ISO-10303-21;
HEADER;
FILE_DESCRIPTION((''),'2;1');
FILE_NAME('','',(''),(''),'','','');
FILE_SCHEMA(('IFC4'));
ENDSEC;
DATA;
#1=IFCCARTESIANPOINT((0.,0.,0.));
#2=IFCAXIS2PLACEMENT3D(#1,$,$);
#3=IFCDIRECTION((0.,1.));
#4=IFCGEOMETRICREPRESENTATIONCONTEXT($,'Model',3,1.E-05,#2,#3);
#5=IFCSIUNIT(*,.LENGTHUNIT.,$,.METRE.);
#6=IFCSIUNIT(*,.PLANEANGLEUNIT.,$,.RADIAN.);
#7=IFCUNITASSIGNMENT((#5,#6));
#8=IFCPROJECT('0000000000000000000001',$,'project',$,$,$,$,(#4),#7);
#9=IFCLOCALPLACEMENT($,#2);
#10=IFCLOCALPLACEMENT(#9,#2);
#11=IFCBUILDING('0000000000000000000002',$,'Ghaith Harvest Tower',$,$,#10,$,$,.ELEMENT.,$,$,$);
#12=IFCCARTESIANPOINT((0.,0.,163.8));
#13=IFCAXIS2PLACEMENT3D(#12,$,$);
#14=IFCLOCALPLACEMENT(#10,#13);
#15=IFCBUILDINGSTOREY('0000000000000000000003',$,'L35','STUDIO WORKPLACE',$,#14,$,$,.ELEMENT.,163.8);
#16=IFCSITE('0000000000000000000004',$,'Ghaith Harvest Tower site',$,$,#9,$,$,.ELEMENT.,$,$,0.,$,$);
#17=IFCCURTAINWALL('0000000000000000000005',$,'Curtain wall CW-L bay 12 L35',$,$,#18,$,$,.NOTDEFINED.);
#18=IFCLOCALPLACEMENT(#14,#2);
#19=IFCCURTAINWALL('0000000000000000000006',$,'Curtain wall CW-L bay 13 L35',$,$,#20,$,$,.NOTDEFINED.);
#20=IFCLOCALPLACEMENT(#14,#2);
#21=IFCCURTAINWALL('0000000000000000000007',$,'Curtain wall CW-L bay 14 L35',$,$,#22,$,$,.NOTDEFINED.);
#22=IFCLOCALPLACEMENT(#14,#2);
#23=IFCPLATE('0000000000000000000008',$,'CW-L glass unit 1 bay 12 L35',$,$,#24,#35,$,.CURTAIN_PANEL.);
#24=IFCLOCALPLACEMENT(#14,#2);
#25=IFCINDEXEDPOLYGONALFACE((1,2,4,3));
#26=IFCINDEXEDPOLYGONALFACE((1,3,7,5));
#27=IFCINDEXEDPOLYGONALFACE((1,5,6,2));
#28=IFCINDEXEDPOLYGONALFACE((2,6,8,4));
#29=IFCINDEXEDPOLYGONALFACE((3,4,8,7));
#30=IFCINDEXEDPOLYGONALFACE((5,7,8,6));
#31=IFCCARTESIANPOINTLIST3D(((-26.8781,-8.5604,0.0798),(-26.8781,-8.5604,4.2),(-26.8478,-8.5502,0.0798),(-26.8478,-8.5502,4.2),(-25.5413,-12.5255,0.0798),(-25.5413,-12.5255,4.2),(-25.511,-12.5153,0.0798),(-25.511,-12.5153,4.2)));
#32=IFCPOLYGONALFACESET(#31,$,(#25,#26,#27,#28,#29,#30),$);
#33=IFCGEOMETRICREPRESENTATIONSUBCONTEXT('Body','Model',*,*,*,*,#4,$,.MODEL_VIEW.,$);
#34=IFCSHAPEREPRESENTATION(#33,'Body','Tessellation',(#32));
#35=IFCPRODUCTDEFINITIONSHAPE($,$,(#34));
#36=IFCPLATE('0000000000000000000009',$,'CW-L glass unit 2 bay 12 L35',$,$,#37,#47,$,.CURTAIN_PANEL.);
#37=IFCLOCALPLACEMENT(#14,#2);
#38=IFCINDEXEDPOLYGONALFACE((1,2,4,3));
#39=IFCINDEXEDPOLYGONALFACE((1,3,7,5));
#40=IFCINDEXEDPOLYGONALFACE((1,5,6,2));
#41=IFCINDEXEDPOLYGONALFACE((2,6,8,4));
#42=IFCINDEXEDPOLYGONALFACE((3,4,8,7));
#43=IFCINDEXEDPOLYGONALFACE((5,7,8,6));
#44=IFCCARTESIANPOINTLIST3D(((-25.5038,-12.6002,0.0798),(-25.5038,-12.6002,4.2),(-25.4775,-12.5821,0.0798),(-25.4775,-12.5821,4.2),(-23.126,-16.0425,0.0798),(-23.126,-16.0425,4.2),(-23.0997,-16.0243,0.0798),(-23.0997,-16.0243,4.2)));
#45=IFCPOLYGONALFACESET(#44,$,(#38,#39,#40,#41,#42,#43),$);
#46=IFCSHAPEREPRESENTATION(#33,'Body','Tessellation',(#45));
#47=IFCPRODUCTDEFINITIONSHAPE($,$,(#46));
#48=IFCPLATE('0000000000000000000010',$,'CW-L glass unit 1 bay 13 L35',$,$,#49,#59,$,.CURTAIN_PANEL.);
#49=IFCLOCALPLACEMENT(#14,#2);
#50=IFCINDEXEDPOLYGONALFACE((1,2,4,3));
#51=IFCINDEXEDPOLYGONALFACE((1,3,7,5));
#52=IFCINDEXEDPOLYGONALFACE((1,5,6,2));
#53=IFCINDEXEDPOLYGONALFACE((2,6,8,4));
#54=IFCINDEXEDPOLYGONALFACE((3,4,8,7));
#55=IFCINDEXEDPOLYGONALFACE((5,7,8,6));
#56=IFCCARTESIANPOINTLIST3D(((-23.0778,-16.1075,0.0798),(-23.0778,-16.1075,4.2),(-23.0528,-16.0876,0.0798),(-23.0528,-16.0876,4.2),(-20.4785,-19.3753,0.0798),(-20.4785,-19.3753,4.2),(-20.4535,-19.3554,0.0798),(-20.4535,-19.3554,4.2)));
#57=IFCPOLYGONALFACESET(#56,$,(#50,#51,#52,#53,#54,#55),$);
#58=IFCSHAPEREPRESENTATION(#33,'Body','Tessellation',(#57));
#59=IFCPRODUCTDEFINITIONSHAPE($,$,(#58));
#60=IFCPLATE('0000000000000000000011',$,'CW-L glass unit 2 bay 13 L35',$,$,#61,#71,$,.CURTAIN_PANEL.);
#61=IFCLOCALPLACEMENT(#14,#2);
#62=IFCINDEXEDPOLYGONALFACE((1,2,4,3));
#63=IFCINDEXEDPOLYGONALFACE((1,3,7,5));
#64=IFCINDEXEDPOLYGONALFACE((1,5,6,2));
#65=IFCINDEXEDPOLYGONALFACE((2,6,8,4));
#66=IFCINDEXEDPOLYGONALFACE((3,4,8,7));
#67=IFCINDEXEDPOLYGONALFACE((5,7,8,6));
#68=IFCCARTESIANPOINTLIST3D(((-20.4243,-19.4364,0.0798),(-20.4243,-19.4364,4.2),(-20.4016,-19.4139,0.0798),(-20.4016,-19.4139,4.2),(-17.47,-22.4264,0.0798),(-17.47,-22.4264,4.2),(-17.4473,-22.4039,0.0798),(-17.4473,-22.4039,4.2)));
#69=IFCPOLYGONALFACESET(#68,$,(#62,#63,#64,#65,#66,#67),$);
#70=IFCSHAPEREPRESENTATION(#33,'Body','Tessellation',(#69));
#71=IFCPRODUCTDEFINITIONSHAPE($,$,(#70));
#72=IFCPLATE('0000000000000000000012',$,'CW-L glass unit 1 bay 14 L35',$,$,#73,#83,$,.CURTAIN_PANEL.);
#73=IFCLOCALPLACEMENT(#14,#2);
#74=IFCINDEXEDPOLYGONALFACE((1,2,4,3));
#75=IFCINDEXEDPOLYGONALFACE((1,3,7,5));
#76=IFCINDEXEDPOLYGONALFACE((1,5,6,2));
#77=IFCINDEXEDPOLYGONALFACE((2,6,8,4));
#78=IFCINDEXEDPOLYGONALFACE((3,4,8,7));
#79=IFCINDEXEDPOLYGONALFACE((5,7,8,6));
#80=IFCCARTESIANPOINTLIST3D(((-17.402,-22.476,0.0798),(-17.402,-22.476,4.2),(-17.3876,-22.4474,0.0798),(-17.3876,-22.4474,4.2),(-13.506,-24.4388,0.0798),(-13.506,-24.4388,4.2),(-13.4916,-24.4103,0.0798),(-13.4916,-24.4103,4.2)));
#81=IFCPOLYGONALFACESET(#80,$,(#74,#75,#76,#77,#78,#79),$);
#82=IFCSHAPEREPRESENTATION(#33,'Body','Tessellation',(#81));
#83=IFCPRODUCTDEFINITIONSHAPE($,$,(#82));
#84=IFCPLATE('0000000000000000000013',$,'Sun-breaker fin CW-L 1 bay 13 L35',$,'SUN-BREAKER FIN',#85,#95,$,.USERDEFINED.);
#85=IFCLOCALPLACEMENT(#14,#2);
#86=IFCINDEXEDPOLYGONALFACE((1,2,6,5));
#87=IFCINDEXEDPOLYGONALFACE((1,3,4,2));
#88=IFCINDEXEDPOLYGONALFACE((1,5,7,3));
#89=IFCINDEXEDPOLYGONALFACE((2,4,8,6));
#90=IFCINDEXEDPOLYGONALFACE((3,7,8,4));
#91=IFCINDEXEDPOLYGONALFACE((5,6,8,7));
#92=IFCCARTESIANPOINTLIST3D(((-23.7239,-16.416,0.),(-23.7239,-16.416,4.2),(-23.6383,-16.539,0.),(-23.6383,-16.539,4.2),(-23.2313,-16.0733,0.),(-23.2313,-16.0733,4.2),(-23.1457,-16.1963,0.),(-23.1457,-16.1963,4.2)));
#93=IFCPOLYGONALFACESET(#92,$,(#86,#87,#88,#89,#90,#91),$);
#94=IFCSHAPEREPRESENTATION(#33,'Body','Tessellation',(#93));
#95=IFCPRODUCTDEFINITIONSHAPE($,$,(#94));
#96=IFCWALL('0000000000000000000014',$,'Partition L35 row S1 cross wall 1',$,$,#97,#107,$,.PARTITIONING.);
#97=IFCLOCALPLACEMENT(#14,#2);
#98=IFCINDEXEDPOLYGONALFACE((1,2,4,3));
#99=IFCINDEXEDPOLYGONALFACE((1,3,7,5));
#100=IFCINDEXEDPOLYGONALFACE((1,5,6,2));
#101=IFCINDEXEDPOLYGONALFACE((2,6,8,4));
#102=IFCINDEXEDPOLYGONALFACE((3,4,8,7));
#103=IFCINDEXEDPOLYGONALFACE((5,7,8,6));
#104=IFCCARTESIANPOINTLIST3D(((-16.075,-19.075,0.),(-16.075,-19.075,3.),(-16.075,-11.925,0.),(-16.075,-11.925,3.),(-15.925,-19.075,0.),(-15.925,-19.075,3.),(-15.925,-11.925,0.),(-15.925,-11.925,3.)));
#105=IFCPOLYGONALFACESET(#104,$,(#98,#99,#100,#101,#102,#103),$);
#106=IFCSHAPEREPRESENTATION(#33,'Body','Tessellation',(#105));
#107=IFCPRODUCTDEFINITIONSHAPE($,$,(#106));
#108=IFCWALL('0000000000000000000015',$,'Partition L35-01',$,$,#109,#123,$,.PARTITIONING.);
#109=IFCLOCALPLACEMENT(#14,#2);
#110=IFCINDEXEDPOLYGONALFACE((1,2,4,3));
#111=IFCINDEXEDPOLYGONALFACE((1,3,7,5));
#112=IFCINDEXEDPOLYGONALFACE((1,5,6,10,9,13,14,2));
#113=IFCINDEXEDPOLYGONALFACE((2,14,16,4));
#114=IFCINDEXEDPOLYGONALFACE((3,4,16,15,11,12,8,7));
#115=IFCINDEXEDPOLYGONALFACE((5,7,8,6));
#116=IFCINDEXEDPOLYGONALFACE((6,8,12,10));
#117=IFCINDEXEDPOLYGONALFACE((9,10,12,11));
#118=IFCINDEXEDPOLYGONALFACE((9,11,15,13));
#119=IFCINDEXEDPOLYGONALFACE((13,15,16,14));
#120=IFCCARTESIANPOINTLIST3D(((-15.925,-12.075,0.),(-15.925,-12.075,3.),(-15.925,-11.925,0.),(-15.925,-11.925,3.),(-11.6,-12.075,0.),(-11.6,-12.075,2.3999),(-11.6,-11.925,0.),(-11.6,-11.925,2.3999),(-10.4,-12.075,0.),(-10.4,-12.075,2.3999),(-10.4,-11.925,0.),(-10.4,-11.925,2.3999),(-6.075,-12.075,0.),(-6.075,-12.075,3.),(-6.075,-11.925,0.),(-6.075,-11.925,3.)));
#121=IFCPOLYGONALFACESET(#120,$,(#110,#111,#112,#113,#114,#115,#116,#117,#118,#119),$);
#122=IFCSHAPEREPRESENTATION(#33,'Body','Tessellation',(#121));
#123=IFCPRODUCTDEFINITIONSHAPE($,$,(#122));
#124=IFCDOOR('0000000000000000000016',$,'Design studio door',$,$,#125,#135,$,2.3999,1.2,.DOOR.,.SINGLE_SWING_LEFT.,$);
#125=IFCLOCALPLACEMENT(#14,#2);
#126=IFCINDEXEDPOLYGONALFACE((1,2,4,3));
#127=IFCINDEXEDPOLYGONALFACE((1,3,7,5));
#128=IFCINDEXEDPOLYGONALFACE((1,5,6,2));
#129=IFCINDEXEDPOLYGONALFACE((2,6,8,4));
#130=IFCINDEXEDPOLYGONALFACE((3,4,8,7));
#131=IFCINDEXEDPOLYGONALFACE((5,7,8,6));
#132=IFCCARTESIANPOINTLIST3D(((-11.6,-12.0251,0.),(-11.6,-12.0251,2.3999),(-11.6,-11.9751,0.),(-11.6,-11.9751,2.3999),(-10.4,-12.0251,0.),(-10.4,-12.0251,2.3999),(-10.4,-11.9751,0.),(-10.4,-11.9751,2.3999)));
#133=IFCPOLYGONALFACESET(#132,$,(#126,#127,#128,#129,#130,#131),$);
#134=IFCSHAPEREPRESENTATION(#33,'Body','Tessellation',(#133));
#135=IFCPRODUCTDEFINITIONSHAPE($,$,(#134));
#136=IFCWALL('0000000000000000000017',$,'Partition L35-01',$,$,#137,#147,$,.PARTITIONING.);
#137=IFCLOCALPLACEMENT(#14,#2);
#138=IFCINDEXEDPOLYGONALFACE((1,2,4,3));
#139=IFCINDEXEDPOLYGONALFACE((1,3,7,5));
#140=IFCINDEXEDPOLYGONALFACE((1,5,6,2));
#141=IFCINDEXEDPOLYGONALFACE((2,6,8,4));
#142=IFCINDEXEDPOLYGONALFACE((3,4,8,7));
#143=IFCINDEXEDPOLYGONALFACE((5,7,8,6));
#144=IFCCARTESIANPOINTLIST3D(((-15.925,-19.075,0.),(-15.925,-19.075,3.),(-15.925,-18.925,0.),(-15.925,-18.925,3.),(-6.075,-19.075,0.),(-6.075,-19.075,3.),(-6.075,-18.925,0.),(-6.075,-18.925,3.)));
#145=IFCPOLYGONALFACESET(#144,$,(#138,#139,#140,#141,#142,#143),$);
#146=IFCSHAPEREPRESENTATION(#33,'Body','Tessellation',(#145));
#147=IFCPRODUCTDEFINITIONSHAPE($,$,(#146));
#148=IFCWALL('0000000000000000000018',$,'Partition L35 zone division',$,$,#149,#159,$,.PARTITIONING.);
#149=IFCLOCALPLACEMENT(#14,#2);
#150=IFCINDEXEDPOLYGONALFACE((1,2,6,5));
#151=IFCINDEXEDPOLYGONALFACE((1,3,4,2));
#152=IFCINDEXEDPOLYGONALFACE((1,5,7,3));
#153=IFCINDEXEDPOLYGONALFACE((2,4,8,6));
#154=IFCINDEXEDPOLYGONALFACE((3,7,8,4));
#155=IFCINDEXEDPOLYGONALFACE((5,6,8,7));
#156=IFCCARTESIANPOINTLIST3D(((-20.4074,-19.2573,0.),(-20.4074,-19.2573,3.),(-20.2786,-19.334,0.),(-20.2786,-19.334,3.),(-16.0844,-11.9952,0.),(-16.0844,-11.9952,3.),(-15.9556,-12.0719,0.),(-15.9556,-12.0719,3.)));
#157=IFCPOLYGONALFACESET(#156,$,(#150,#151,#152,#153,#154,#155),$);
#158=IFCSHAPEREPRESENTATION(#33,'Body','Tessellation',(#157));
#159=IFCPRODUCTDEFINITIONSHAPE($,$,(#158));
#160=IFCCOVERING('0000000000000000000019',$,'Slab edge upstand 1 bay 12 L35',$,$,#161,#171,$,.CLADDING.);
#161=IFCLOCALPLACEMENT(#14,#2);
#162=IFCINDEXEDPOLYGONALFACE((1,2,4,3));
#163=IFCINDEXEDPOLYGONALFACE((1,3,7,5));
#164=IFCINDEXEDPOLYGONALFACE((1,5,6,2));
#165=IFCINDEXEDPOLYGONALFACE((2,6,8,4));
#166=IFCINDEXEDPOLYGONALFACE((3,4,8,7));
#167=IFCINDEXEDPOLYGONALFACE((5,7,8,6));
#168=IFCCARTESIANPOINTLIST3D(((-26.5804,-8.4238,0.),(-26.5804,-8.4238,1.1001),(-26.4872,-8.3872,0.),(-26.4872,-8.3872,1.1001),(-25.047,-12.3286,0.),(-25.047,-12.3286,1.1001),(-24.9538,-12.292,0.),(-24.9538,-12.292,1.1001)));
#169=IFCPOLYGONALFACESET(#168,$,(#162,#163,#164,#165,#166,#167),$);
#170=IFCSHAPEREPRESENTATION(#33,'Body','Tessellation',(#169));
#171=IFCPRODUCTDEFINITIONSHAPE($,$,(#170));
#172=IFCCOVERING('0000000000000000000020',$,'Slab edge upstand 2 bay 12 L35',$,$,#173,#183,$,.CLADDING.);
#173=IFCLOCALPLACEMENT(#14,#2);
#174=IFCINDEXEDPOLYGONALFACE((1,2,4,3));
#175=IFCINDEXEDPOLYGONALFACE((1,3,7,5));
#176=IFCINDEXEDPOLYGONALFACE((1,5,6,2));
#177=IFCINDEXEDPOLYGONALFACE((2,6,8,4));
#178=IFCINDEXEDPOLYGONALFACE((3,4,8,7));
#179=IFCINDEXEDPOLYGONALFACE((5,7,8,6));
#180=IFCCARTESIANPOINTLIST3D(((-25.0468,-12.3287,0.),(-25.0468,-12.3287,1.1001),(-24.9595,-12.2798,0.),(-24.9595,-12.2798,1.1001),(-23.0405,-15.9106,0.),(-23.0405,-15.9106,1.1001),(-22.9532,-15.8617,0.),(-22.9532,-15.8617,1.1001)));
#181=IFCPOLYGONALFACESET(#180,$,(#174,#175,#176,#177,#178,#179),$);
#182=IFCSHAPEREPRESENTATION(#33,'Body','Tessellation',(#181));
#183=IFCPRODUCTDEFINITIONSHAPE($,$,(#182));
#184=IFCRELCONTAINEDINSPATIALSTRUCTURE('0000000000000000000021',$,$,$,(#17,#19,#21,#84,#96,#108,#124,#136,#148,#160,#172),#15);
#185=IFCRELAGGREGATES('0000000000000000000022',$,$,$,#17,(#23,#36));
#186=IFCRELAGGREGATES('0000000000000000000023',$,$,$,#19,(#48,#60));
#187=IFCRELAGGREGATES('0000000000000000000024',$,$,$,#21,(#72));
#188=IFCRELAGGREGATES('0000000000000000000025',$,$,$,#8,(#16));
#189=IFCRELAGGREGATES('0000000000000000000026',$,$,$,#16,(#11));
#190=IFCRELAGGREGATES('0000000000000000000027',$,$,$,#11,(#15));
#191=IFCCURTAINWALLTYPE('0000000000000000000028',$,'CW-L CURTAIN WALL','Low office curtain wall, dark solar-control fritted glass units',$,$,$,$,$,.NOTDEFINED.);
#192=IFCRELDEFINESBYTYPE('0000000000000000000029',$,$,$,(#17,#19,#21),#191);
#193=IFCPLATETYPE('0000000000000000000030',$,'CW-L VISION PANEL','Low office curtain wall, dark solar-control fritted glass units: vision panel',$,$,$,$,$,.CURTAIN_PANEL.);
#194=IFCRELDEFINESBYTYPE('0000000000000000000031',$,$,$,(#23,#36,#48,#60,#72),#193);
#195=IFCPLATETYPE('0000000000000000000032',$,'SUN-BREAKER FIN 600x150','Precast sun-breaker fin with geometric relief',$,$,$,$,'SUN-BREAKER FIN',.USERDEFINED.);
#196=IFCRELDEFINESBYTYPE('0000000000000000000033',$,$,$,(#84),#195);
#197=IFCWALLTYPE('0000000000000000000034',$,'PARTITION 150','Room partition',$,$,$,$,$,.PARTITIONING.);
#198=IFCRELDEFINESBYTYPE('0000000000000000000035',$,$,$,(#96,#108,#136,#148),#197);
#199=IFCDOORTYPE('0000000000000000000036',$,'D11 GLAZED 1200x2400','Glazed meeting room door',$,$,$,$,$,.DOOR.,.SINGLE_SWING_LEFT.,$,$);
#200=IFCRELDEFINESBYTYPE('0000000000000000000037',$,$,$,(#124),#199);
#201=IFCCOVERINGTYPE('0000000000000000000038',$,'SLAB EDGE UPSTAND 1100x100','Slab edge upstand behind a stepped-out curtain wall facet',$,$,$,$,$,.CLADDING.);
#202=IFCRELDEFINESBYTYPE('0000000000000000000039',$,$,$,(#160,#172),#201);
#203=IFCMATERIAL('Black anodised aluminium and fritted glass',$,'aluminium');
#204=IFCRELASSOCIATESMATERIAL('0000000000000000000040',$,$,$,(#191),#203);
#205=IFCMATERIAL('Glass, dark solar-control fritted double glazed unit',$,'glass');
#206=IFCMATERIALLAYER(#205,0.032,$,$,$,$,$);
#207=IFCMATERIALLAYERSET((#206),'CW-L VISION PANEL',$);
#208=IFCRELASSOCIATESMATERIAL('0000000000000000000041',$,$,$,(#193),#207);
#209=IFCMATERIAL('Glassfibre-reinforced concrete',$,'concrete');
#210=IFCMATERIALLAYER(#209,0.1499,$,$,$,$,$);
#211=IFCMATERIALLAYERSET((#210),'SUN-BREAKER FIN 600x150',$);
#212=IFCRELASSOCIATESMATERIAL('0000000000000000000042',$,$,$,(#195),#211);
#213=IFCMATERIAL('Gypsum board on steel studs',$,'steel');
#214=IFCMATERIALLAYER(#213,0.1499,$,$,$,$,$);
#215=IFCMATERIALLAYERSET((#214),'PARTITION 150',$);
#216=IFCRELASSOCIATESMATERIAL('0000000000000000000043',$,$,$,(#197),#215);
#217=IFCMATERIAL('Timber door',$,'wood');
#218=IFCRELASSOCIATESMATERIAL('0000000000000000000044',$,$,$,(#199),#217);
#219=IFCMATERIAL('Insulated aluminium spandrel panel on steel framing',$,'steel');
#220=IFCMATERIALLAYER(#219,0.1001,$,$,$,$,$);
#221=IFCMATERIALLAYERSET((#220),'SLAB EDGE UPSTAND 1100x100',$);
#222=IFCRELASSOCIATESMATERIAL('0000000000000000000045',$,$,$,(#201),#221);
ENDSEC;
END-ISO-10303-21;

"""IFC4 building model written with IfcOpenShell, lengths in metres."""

from ifc_helpers import new_model, si_unit, direction, frame, frame_2d, origin, origin_2d, place, context, subcontext, project, spatial, rectangle, extrude, material, layer, layer_set, type_object, element, fill, aggregate, save


model = new_model("IFC4")

# Units and contexts
model_context = context("Model", 3, precision=1e-05, world=origin(), true_north=direction((0.0, 1.0)))
body_context = subcontext(model_context, "Body", "Model", "MODEL_VIEW")
ifc_project = project(units=[si_unit("LENGTHUNIT", "METRE"), si_unit("PLANEANGLEUNIT", "RADIAN")], contexts=[model_context])

# Site, building, storey
site_placement = place(None, origin())
site = spatial("IfcSite", under=ifc_project, at=site_placement, Name="Ghaith Harvest Tower site", CompositionType="ELEMENT", RefElevation=0.0)
building_placement = place(site_placement, origin())
building = spatial("IfcBuilding", under=site, at=building_placement, Name="Ghaith Harvest Tower", CompositionType="ELEMENT")
storey_placement = place(building_placement, frame((0.0, 0.0, 163.8)))
storey = spatial("IfcBuildingStorey", under=building, at=storey_placement, Name="L35", Description="STUDIO WORKPLACE", CompositionType="ELEMENT", Elevation=163.8)

# Curtain wall
ifc_material_1 = material(Name="Black anodised aluminium and fritted glass", Category="aluminium")
curtain_wall_type = type_object("IfcCurtainWallType", Name="CW-L CURTAIN WALL", Description="Low office curtain wall, dark solar-control fritted glass units", PredefinedType="NOTDEFINED", material=ifc_material_1)
curtain_wall_1_placement = place(storey_placement, origin())
curtain_wall_1 = element("IfcCurtainWall", 1, at=curtain_wall_1_placement, inside=storey, type_object=curtain_wall_type, Name="Curtain wall CW-L bay 12 L35", PredefinedType="NOTDEFINED")

# Curtain wall
curtain_wall_2_placement = place(storey_placement, origin())
curtain_wall_2 = element("IfcCurtainWall", 2, at=curtain_wall_2_placement, inside=storey, type_object=curtain_wall_type, Name="Curtain wall CW-L bay 13 L35", PredefinedType="NOTDEFINED")

# Curtain wall
curtain_wall_3_placement = place(storey_placement, origin())
curtain_wall_3 = element("IfcCurtainWall", 3, at=curtain_wall_3_placement, inside=storey, type_object=curtain_wall_type, Name="Curtain wall CW-L bay 14 L35", PredefinedType="NOTDEFINED")

# Plates
ifc_material_2 = material(Name="Glass, dark solar-control fritted double glazed unit", Category="glass")
ifc_layer_1 = layer(ifc_material_2, 0.032)
ifc_layer_set_1 = layer_set([ifc_layer_1], Name="CW-L VISION PANEL")
plate_type_1 = type_object("IfcPlateType", Name="CW-L VISION PANEL", Description="Low office curtain wall, dark solar-control fritted glass units: vision panel", PredefinedType="CURTAIN_PANEL", material=ifc_layer_set_1)
plate_1_placement = place(storey_placement, frame((-26.1946, -10.5378, 0.0798), z_axis=(0.0, 0.0, 1.0), x_axis=(0.319477, -0.947594, 0.0)))
plate_1 = element("IfcPlate", 4, at=plate_1_placement, type_object=plate_type_1, Name="CW-L glass unit 1 bay 12 L35", PredefinedType="CURTAIN_PANEL", context=body_context, shape_type="SweptSolid", body=[
    extrude(rectangle(XDim=4.1843, YDim=0.032, at=origin_2d()), origin(), (0.0, 0.0, 1.0), 4.1201),
])
plate_2_placement = place(storey_placement, frame((-24.3018, -14.3123, 0.0798), z_axis=(0.0, 0.0, 1.0), x_axis=(0.568348, -0.822788, 0.0)))
plate_2 = element("IfcPlate", 5, at=plate_2_placement, type_object=plate_type_1, Name="CW-L glass unit 2 bay 12 L35", PredefinedType="CURTAIN_PANEL", context=body_context, shape_type="SweptSolid", body=[
    extrude(rectangle(XDim=4.1836, YDim=0.032, at=origin_2d()), origin(), (0.0, 0.0, 1.0), 4.1201),
])
aggregate(curtain_wall_1, [plate_1, plate_2])
plate_3_placement = place(storey_placement, frame((-21.7656, -17.7314, 0.0798), z_axis=(0.0, 0.0, 1.0), x_axis=(0.622507, -0.782614, 0.0)))
plate_3 = element("IfcPlate", 6, at=plate_3_placement, type_object=plate_type_1, Name="CW-L glass unit 1 bay 13 L35", PredefinedType="CURTAIN_PANEL", context=body_context, shape_type="SweptSolid", body=[
    extrude(rectangle(XDim=4.1755, YDim=0.032, at=origin_2d()), origin(), (0.0, 0.0, 1.0), 4.1201),
])
plate_4_placement = place(storey_placement, frame((-18.9358, -20.9202, 0.0798), z_axis=(0.0, 0.0, 1.0), x_axis=(0.702843, -0.711345, 0.0)))
plate_4 = element("IfcPlate", 7, at=plate_4_placement, type_object=plate_type_1, Name="CW-L glass unit 2 bay 13 L35", PredefinedType="CURTAIN_PANEL", context=body_context, shape_type="SweptSolid", body=[
    extrude(rectangle(XDim=4.2034, YDim=0.032, at=origin_2d()), origin(), (0.0, 0.0, 1.0), 4.1201),
])
aggregate(curtain_wall_2, [plate_3, plate_4])
plate_5_placement = place(storey_placement, frame((-15.4468, -23.4431, 0.0798), z_axis=(0.0, 0.0, 1.0), x_axis=(0.893062, -0.449933, 0.0)))
plate_5 = element("IfcPlate", 8, at=plate_5_placement, type_object=plate_type_1, Name="CW-L glass unit 1 bay 14 L35", PredefinedType="CURTAIN_PANEL", context=body_context, shape_type="SweptSolid", body=[
    extrude(rectangle(XDim=4.3625, YDim=0.032, at=origin_2d()), origin(), (0.0, 0.0, 1.0), 4.1201),
])
aggregate(curtain_wall_3, [plate_5])
ifc_material_3 = material(Name="Glassfibre-reinforced concrete", Category="concrete")
ifc_layer_2 = layer(ifc_material_3, 0.1499)
ifc_layer_set_2 = layer_set([ifc_layer_2], Name="SUN-BREAKER FIN 600x150")
plate_type_2 = type_object("IfcPlateType", Name="SUN-BREAKER FIN 600x150", Description="Precast sun-breaker fin with geometric relief", ElementType="SUN-BREAKER FIN", PredefinedType="USERDEFINED", material=ifc_layer_set_2)
plate_6_placement = place(storey_placement, frame((-23.4348, -16.3062, 0.0), z_axis=(0.0, 0.0, 1.0), x_axis=(-0.820845, -0.57115, 0.0)))
element("IfcPlate", 9, at=plate_6_placement, inside=storey, type_object=plate_type_2, Name="Sun-breaker fin CW-L 1 bay 13 L35", ObjectType="SUN-BREAKER FIN", PredefinedType="USERDEFINED", context=body_context, shape_type="SweptSolid", body=[
    extrude(rectangle(XDim=0.6001, YDim=0.1499, at=origin_2d()), origin(), (0.0, 0.0, 1.0), 4.2),
])

# Wall
ifc_material_4 = material(Name="Gypsum board on steel studs", Category="steel")
ifc_layer_3 = layer(ifc_material_4, 0.1499)
ifc_layer_set_3 = layer_set([ifc_layer_3], Name="PARTITION 150")
wall_type_1 = type_object("IfcWallType", Name="PARTITION 150", Description="Room partition", PredefinedType="PARTITIONING", material=ifc_layer_set_3)
wall_1_placement = place(storey_placement, frame((-16.0, -11.925, 0.0), z_axis=(0.0, 0.0, 1.0), x_axis=(0.0, -1.0, 0.0)))
element("IfcWall", 10, at=wall_1_placement, inside=storey, type_object=wall_type_1, Name="Partition L35 row S1 cross wall 1", PredefinedType="PARTITIONING", context=body_context, shape_type="SweptSolid", body=[
    extrude(rectangle(XDim=7.1499, YDim=0.1499, at=frame_2d((3.575, 0.0))), origin(), (0.0, 0.0, 1.0), 3.0),
])

# Wall, opening, door
wall_2_placement = place(storey_placement, frame((-15.925, -12.0, 0.0), z_axis=(0.0, 0.0, 1.0), x_axis=(1.0, 0.0, 0.0)))
wall_2 = element("IfcWall", 11, at=wall_2_placement, inside=storey, type_object=wall_type_1, Name="Partition L35-01", PredefinedType="PARTITIONING", context=body_context, shape_type="SweptSolid", body=[
    extrude(rectangle(XDim=9.8501, YDim=0.1499, at=frame_2d((4.925, 0.0))), origin(), (0.0, 0.0, 1.0), 3.0),
])
opening_1_placement = place(wall_2_placement, frame((4.325, 0.0, 0.0)))
opening_1 = element("IfcOpeningElement", 12, at=opening_1_placement, cuts=wall_2, PredefinedType="OPENING", context=body_context, shape_type="SweptSolid", body=[
    extrude(rectangle(XDim=1.2, YDim=2.3999, at=frame_2d((0.6001, 1.2))), frame((0.0, 0.085, 0.0), z_axis=(0.0, -1.0, 0.0), x_axis=(1.0, 0.0, 0.0)), (0.0, 0.0, 1.0), 0.1699),
])
ifc_material_5 = material(Name="Timber door", Category="wood")
door_type_1 = type_object("IfcDoorType", Name="D11 GLAZED 1200x2400", Description="Glazed meeting room door", OperationType="SINGLE_SWING_LEFT", PredefinedType="DOOR", material=ifc_material_5)
door_1_placement = place(opening_1_placement, origin())
door_1 = element("IfcDoor", 13, at=door_1_placement, inside=storey, type_object=door_type_1, Name="Design studio door", OperationType="SINGLE_SWING_LEFT", OverallHeight=2.3999, OverallWidth=1.2, PredefinedType="DOOR", context=body_context, shape_type="SweptSolid", body=[
    extrude(rectangle(XDim=1.2, YDim=2.3999, at=frame_2d((0.6001, 1.2))), frame((0.0, 0.0249, 0.0), z_axis=(0.0, -1.0, 0.0), x_axis=(1.0, 0.0, 0.0)), (0.0, 0.0, 1.0), 0.05),
])
fill(opening_1, door_1)

# Walls
wall_3_placement = place(storey_placement, frame((-15.925, -19.0, 0.0), z_axis=(0.0, 0.0, 1.0), x_axis=(1.0, 0.0, 0.0)))
element("IfcWall", 14, at=wall_3_placement, inside=storey, type_object=wall_type_1, Name="Partition L35-01", PredefinedType="PARTITIONING", context=body_context, shape_type="SweptSolid", body=[
    extrude(rectangle(XDim=9.8501, YDim=0.1499, at=frame_2d((4.925, 0.0))), origin(), (0.0, 0.0, 1.0), 3.0),
])
wall_4_placement = place(storey_placement, frame((-16.02, -12.0337, 0.0), z_axis=(0.0, 0.0, 1.0), x_axis=(-0.511519, -0.859272, 0.0)))
element("IfcWall", 15, at=wall_4_placement, inside=storey, type_object=wall_type_1, Name="Partition L35 zone division", PredefinedType="PARTITIONING", context=body_context, shape_type="SweptSolid", body=[
    extrude(rectangle(XDim=8.4514, YDim=0.1499, at=frame_2d((4.2256, 0.0))), origin(), (0.0, 0.0, 1.0), 3.0),
])

# Coverings
ifc_material_6 = material(Name="Insulated aluminium spandrel panel on steel framing", Category="steel")
ifc_layer_4 = layer(ifc_material_6, 0.1001)
ifc_layer_set_4 = layer_set([ifc_layer_4], Name="SLAB EDGE UPSTAND 1100x100")
covering_type = type_object("IfcCoveringType", Name="SLAB EDGE UPSTAND 1100x100", Description="Slab edge upstand behind a stepped-out curtain wall facet", PredefinedType="CLADDING", material=ifc_layer_set_4)
covering_1_placement = place(storey_placement, frame((-25.7671, -10.3579, 0.0), z_axis=(0.0, 0.0, 1.0), x_axis=(0.365515, -0.930805, 0.0)))
element("IfcCovering", 16, at=covering_1_placement, inside=storey, type_object=covering_type, Name="Slab edge upstand 1 bay 12 L35", PredefinedType="CLADDING", context=body_context, shape_type="SweptSolid", body=[
    extrude(rectangle(XDim=4.1951, YDim=0.1001, at=origin_2d()), origin(), (0.0, 0.0, 1.0), 1.1001),
])
covering_2_placement = place(storey_placement, frame((-24.0, -14.0952, 0.0), z_axis=(0.0, 0.0, 1.0), x_axis=(0.488684, -0.872461, 0.0)))
element("IfcCovering", 17, at=covering_2_placement, inside=storey, type_object=covering_type, Name="Slab edge upstand 2 bay 12 L35", PredefinedType="CLADDING", context=body_context, shape_type="SweptSolid", body=[
    extrude(rectangle(XDim=4.1055, YDim=0.1001, at=origin_2d()), origin(), (0.0, 0.0, 1.0), 1.1001),
])

save(model, "model.ifc")
